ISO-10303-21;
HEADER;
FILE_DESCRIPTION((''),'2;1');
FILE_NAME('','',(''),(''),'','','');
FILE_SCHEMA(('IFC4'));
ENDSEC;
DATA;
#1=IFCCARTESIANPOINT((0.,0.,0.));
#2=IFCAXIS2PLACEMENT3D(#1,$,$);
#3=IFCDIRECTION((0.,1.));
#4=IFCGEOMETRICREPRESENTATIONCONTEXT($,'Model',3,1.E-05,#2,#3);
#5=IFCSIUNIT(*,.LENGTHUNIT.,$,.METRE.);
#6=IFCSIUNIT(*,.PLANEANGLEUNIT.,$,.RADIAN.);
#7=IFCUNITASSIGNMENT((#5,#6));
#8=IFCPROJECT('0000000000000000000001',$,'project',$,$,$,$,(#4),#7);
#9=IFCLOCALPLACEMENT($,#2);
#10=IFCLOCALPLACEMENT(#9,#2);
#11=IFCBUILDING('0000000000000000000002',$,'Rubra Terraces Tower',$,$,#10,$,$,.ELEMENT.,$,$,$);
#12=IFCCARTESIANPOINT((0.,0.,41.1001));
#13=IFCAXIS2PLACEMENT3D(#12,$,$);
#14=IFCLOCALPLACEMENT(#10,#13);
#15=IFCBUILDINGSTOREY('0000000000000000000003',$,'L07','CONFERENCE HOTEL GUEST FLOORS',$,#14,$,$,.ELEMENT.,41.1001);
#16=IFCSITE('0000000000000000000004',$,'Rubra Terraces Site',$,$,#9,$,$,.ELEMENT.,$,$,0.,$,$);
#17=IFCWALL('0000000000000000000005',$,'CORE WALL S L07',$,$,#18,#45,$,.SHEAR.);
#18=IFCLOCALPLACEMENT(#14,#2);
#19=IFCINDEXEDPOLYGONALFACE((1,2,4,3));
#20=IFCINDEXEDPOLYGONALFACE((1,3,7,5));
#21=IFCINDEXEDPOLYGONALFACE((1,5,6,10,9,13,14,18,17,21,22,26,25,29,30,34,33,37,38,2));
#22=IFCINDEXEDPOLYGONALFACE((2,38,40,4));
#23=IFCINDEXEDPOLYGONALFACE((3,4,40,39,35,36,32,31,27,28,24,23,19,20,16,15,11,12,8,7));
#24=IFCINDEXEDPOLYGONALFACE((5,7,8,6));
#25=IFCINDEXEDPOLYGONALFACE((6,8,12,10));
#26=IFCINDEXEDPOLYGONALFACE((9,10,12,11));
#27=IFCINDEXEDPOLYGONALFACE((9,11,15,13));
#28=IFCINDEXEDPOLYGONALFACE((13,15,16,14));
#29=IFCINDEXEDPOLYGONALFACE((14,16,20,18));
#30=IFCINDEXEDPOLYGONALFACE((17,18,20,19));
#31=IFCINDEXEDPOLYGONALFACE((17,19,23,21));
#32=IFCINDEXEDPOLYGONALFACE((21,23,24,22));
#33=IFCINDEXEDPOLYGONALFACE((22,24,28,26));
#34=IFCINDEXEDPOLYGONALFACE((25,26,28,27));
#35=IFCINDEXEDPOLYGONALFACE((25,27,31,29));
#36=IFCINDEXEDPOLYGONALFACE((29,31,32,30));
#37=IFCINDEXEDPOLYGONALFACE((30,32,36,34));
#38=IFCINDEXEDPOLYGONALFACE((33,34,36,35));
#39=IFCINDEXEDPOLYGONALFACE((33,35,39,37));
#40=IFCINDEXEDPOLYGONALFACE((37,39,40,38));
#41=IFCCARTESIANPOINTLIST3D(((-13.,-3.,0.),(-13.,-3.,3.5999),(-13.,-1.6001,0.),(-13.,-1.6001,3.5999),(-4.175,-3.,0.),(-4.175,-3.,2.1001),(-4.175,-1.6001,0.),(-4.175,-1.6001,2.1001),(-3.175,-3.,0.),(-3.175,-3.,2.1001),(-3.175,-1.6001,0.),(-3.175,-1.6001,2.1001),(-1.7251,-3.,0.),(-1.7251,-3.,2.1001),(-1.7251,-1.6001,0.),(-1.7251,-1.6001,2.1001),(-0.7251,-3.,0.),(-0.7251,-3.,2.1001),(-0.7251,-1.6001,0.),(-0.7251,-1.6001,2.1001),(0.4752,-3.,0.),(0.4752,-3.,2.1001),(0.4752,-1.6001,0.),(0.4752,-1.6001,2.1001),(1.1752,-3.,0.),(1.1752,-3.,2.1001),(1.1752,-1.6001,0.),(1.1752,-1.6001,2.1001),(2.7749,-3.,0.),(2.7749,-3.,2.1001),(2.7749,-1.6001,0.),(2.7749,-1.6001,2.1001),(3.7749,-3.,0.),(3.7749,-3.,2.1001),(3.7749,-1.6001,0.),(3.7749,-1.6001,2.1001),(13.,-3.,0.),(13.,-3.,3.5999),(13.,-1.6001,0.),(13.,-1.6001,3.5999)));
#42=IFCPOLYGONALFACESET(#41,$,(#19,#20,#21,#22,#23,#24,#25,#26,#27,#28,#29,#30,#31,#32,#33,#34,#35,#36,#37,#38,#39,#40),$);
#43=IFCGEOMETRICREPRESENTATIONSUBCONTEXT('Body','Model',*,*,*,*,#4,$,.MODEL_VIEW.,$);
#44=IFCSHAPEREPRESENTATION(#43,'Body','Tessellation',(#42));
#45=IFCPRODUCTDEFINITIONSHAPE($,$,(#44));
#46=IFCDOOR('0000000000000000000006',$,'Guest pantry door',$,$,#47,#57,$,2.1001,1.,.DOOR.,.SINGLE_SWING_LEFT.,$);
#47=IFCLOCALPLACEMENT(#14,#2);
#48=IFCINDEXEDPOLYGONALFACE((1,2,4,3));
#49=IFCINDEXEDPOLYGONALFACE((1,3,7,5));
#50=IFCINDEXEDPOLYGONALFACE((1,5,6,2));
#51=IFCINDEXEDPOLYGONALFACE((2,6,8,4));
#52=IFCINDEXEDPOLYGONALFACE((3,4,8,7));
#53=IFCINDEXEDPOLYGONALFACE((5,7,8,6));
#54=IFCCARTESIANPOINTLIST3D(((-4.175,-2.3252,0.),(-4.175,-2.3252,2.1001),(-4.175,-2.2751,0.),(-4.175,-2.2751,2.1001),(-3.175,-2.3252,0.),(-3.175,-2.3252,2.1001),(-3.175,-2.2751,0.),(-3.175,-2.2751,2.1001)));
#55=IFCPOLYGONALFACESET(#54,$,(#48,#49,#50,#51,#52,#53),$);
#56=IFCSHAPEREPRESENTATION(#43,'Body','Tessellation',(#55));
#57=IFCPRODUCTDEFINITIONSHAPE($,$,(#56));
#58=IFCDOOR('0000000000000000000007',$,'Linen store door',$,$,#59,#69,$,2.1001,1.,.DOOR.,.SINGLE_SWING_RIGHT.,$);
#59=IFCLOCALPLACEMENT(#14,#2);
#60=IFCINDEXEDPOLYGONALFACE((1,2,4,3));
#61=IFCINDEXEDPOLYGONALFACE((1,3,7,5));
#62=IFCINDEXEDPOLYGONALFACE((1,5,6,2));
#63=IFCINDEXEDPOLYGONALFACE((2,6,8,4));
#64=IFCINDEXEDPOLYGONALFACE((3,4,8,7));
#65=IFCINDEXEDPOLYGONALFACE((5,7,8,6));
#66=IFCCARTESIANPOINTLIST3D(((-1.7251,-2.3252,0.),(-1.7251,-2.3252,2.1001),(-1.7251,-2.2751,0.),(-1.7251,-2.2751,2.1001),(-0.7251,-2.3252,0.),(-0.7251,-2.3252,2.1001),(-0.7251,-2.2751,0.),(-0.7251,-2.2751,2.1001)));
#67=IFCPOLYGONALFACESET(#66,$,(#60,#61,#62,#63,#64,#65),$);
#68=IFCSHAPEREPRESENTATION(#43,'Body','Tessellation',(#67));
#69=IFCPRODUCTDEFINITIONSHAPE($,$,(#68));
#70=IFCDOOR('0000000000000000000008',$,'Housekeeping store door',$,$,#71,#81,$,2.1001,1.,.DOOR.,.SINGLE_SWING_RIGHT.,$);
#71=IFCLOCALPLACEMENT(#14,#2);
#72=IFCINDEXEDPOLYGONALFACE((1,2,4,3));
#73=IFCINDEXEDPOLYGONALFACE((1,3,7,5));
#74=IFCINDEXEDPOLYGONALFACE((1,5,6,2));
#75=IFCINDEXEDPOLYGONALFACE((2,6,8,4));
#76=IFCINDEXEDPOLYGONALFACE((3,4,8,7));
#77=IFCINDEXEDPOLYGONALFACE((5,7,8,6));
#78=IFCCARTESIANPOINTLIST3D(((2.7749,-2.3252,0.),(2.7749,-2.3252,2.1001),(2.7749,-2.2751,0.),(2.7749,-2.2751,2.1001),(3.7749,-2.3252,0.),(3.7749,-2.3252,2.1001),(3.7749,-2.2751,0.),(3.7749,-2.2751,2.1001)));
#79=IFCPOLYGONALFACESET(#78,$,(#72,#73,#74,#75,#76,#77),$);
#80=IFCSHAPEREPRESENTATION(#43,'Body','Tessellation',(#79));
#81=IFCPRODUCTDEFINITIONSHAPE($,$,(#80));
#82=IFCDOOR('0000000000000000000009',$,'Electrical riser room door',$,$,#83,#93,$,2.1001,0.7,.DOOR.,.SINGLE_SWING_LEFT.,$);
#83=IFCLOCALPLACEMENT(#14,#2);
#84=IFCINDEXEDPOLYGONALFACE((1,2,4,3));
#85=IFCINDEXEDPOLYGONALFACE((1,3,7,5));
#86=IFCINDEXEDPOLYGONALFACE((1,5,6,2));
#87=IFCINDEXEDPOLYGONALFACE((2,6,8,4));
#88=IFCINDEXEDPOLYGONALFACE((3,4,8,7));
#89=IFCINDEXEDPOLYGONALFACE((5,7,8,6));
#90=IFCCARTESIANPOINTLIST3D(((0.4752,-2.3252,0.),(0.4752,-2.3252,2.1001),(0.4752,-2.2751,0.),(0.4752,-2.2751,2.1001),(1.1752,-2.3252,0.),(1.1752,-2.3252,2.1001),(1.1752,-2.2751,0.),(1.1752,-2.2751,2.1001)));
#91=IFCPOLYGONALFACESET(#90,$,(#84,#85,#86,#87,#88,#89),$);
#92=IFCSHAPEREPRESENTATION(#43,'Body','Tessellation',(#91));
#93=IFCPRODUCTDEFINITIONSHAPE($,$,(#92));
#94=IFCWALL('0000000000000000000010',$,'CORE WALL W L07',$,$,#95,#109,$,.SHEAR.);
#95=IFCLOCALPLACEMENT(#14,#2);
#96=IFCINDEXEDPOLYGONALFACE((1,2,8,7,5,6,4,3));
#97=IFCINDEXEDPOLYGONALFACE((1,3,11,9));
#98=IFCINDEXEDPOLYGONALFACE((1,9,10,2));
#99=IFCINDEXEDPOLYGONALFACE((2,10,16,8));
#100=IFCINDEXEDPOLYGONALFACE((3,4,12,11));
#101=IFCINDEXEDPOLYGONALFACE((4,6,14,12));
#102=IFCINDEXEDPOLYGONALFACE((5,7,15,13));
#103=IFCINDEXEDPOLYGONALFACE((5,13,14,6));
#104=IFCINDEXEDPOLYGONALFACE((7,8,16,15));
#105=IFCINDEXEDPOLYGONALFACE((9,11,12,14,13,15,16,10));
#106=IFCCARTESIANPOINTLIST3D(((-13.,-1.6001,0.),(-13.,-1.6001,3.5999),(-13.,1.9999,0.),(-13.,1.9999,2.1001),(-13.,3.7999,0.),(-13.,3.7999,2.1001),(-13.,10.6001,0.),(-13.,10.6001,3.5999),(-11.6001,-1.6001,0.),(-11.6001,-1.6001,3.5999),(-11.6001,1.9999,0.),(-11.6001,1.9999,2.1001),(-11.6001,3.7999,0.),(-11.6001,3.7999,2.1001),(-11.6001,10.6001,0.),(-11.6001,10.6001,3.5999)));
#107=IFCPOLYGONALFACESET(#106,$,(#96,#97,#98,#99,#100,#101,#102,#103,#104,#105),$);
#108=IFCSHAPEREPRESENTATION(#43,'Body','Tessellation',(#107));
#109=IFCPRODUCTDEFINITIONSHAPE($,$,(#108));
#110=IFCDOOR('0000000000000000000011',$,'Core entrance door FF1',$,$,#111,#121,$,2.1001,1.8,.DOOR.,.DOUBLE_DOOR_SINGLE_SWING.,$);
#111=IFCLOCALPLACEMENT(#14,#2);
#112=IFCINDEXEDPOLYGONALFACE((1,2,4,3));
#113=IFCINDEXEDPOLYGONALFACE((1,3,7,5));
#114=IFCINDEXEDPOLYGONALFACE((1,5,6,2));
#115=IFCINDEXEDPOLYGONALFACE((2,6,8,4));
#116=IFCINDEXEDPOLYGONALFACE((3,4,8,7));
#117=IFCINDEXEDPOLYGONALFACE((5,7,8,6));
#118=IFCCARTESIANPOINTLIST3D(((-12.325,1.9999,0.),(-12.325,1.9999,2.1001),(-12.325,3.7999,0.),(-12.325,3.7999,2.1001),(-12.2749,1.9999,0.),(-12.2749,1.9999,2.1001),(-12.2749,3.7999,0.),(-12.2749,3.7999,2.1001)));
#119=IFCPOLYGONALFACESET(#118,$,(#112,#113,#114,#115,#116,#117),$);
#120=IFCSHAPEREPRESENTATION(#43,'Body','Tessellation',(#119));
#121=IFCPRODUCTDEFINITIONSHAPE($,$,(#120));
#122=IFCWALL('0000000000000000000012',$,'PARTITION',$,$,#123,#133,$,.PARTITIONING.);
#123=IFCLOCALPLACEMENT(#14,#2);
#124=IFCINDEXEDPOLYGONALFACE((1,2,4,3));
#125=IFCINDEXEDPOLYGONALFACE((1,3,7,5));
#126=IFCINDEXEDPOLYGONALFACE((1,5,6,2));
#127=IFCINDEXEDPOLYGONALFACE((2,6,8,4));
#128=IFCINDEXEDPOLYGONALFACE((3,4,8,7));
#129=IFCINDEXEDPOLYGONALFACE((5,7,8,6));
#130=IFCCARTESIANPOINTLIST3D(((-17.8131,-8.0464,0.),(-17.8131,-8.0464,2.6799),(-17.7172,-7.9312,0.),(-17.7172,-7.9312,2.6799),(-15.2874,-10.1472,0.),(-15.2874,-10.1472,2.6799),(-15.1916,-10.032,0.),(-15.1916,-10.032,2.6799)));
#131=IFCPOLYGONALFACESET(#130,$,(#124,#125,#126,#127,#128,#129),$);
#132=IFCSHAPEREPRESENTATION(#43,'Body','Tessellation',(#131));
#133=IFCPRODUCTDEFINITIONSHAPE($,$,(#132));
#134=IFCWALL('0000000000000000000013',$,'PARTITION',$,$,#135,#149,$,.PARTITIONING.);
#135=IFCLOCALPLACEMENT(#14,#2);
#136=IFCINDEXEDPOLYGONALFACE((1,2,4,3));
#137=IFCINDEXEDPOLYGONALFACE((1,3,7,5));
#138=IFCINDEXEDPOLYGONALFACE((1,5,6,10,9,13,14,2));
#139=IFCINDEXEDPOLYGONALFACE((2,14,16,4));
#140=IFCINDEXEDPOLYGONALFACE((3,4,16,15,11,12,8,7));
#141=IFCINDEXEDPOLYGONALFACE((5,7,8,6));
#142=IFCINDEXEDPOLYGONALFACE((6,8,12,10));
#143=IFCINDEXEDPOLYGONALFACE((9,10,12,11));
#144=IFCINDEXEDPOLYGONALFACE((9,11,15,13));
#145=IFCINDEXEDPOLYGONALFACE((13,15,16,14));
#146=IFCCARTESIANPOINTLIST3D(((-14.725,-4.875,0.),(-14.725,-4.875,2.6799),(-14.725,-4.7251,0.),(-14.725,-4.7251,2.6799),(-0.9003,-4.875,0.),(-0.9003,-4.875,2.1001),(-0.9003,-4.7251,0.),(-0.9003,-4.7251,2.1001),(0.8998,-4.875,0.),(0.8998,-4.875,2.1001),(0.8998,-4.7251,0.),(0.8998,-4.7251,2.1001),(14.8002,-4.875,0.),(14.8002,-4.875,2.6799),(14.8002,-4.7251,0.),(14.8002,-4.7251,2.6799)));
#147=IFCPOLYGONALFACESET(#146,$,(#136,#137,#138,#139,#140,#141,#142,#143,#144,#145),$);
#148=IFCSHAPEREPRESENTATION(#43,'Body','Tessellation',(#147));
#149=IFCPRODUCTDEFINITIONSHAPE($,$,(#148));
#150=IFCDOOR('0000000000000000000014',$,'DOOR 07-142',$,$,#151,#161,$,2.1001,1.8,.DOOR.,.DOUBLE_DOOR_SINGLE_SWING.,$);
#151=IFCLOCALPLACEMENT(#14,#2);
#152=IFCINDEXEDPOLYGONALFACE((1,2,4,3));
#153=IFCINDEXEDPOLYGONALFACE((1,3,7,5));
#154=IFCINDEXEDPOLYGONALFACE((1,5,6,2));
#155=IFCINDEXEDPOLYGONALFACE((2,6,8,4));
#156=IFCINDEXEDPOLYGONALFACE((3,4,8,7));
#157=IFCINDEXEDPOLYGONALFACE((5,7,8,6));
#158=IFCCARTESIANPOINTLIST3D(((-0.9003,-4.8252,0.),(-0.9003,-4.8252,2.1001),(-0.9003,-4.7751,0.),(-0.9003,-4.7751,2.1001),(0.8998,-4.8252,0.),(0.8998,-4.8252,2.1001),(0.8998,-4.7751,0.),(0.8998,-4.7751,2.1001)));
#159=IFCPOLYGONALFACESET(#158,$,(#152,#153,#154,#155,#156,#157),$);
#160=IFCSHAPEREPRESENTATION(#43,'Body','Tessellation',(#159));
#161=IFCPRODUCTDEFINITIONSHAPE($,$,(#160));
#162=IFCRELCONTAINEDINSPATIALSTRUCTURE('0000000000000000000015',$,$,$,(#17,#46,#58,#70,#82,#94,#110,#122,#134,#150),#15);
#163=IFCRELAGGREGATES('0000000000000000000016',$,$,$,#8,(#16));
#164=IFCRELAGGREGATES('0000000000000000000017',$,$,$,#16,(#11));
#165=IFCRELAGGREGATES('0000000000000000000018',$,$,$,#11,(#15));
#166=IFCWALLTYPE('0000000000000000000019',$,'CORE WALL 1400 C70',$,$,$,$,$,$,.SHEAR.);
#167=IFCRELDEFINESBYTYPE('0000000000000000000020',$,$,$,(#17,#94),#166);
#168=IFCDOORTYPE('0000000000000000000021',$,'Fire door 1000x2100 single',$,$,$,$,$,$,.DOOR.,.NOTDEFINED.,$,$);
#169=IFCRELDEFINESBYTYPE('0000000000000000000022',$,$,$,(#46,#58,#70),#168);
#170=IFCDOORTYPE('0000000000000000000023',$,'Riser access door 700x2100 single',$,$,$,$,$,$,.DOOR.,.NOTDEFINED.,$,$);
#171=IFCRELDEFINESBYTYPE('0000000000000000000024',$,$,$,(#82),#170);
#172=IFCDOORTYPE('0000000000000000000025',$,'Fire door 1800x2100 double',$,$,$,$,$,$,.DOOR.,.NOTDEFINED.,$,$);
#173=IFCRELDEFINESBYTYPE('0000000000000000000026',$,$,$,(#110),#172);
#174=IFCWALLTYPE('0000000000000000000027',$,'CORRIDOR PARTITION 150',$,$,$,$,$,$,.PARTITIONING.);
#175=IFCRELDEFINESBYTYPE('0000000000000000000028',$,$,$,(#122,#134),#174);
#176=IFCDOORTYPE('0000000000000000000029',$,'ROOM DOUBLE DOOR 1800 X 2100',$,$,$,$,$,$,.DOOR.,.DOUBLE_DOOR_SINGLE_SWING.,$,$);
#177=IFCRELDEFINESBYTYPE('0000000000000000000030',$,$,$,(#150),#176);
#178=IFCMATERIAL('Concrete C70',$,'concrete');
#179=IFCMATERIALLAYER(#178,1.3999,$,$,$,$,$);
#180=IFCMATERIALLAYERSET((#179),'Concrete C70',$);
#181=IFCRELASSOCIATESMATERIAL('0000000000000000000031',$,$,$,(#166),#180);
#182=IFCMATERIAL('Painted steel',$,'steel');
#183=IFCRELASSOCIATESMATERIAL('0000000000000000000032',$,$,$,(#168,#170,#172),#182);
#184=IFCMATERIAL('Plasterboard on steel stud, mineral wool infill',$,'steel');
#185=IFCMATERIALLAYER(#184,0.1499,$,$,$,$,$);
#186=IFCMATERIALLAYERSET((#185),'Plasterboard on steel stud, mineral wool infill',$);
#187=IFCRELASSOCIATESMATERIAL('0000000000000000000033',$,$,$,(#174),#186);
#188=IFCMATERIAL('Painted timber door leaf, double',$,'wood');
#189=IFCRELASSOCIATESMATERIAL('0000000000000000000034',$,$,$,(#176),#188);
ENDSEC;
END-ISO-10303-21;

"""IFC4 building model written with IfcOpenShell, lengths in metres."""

from ifc_helpers import new_model, si_unit, direction, frame, frame_2d, origin, place, context, subcontext, project, spatial, rectangle, extrude, material, layer, layer_set, type_object, element, fill, save


model = new_model("IFC4")

# Units and contexts
model_context = context("Model", 3, precision=1e-05, world=origin(), true_north=direction((0.0, 1.0)))
body_context = subcontext(model_context, "Body", "Model", "MODEL_VIEW")
ifc_project = project(units=[si_unit("LENGTHUNIT", "METRE"), si_unit("PLANEANGLEUNIT", "RADIAN")], contexts=[model_context])

# Site, building, storey
site_placement = place(None, origin())
site = spatial("IfcSite", under=ifc_project, at=site_placement, Name="Rubra Terraces Site", CompositionType="ELEMENT", RefElevation=0.0)
building_placement = place(site_placement, origin())
building = spatial("IfcBuilding", under=site, at=building_placement, Name="Rubra Terraces Tower", CompositionType="ELEMENT")
storey_placement = place(building_placement, frame((0.0, 0.0, 41.1001)))
storey = spatial("IfcBuildingStorey", under=building, at=storey_placement, Name="L07", Description="CONFERENCE HOTEL GUEST FLOORS", CompositionType="ELEMENT", Elevation=41.1001)

# Wall, openings, doors
ifc_material_1 = material(Name="Concrete C70", Category="concrete")
ifc_layer_1 = layer(ifc_material_1, 1.3999)
ifc_layer_set_1 = layer_set([ifc_layer_1], Name="Concrete C70")
wall_type_1 = type_object("IfcWallType", Name="CORE WALL 1400 C70", PredefinedType="SHEAR", material=ifc_layer_set_1)
wall_1_placement = place(storey_placement, frame((-13.0, -2.3, 0.0), z_axis=(0.0, 0.0, 1.0), x_axis=(1.0, 0.0, 0.0)))
wall_1 = element("IfcWall", 1, at=wall_1_placement, inside=storey, type_object=wall_type_1, Name="CORE WALL S L07", PredefinedType="SHEAR", context=body_context, shape_type="SweptSolid", body=[
    extrude(rectangle(XDim=26.0, YDim=1.3999, at=frame_2d((13.0, 0.0))), origin(), (0.0, 0.0, 1.0), 3.5999),
])
opening_1_placement = place(wall_1_placement, frame((8.825, 0.0, 0.0)))
opening_1 = element("IfcOpeningElement", 2, at=opening_1_placement, cuts=wall_1, PredefinedType="OPENING", context=body_context, shape_type="SweptSolid", body=[
    extrude(rectangle(XDim=1.0, YDim=2.1001, at=frame_2d((0.5, 1.05))), frame((0.0, 0.71, 0.0), z_axis=(0.0, -1.0, 0.0), x_axis=(1.0, 0.0, 0.0)), (0.0, 0.0, 1.0), 1.4199),
])
opening_2_placement = place(wall_1_placement, frame((11.2749, 0.0, 0.0)))
opening_2 = element("IfcOpeningElement", 3, at=opening_2_placement, cuts=wall_1, PredefinedType="OPENING", context=body_context, shape_type="SweptSolid", body=[
    extrude(rectangle(XDim=1.0, YDim=2.1001, at=frame_2d((0.5, 1.05))), frame((0.0, 0.71, 0.0), z_axis=(0.0, -1.0, 0.0), x_axis=(1.0, 0.0, 0.0)), (0.0, 0.0, 1.0), 1.4199),
])
opening_3_placement = place(wall_1_placement, frame((13.4751, 0.0, 0.0)))
opening_3 = element("IfcOpeningElement", 4, at=opening_3_placement, cuts=wall_1, PredefinedType="OPENING", context=body_context, shape_type="SweptSolid", body=[
    extrude(rectangle(XDim=0.7, YDim=2.1001, at=frame_2d((0.3501, 1.05))), frame((0.0, 0.71, 0.0), z_axis=(0.0, -1.0, 0.0), x_axis=(1.0, 0.0, 0.0)), (0.0, 0.0, 1.0), 1.4199),
])
opening_4_placement = place(wall_1_placement, frame((15.7749, 0.0, 0.0)))
opening_4 = element("IfcOpeningElement", 5, at=opening_4_placement, cuts=wall_1, PredefinedType="OPENING", context=body_context, shape_type="SweptSolid", body=[
    extrude(rectangle(XDim=1.0, YDim=2.1001, at=frame_2d((0.5, 1.05))), frame((0.0, 0.71, 0.0), z_axis=(0.0, -1.0, 0.0), x_axis=(1.0, 0.0, 0.0)), (0.0, 0.0, 1.0), 1.4199),
])
ifc_material_2 = material(Name="Painted steel", Category="steel")
door_type_1 = type_object("IfcDoorType", Name="Fire door 1000x2100 single", OperationType="NOTDEFINED", PredefinedType="DOOR", material=ifc_material_2)
door_1_placement = place(opening_1_placement, origin())
door_1 = element("IfcDoor", 6, at=door_1_placement, inside=storey, type_object=door_type_1, Name="Guest pantry door", OperationType="SINGLE_SWING_LEFT", OverallHeight=2.1001, OverallWidth=1.0, PredefinedType="DOOR", context=body_context, shape_type="SweptSolid", body=[
    extrude(rectangle(XDim=1.0, YDim=2.1001, at=frame_2d((0.5, 1.05))), frame((0.0, 0.0249, 0.0), z_axis=(0.0, -1.0, 0.0), x_axis=(1.0, 0.0, 0.0)), (0.0, 0.0, 1.0), 0.05),
])
fill(opening_1, door_1)
door_2_placement = place(opening_2_placement, origin())
door_2 = element("IfcDoor", 7, at=door_2_placement, inside=storey, type_object=door_type_1, Name="Linen store door", OperationType="SINGLE_SWING_RIGHT", OverallHeight=2.1001, OverallWidth=1.0, PredefinedType="DOOR", context=body_context, shape_type="SweptSolid", body=[
    extrude(rectangle(XDim=1.0, YDim=2.1001, at=frame_2d((0.5, 1.05))), frame((0.0, 0.0249, 0.0), z_axis=(0.0, -1.0, 0.0), x_axis=(1.0, 0.0, 0.0)), (0.0, 0.0, 1.0), 0.05),
])
fill(opening_2, door_2)
door_3_placement = place(opening_4_placement, origin())
door_3 = element("IfcDoor", 8, at=door_3_placement, inside=storey, type_object=door_type_1, Name="Housekeeping store door", OperationType="SINGLE_SWING_RIGHT", OverallHeight=2.1001, OverallWidth=1.0, PredefinedType="DOOR", context=body_context, shape_type="SweptSolid", body=[
    extrude(rectangle(XDim=1.0, YDim=2.1001, at=frame_2d((0.5, 1.05))), frame((0.0, 0.0249, 0.0), z_axis=(0.0, -1.0, 0.0), x_axis=(1.0, 0.0, 0.0)), (0.0, 0.0, 1.0), 0.05),
])
fill(opening_4, door_3)
door_type_2 = type_object("IfcDoorType", Name="Riser access door 700x2100 single", OperationType="NOTDEFINED", PredefinedType="DOOR", material=ifc_material_2)
door_4_placement = place(opening_3_placement, origin())
door_4 = element("IfcDoor", 9, at=door_4_placement, inside=storey, type_object=door_type_2, Name="Electrical riser room door", OperationType="SINGLE_SWING_LEFT", OverallHeight=2.1001, OverallWidth=0.7, PredefinedType="DOOR", context=body_context, shape_type="SweptSolid", body=[
    extrude(rectangle(XDim=0.7, YDim=2.1001, at=frame_2d((0.3501, 1.05))), frame((0.0, 0.0249, 0.0), z_axis=(0.0, -1.0, 0.0), x_axis=(1.0, 0.0, 0.0)), (0.0, 0.0, 1.0), 0.05),
])
fill(opening_3, door_4)

# Wall, opening, door
wall_2_placement = place(storey_placement, frame((-12.3, -1.6001, 0.0), z_axis=(0.0, 0.0, 1.0), x_axis=(0.0, 1.0, 0.0)))
wall_2 = element("IfcWall", 10, at=wall_2_placement, inside=storey, type_object=wall_type_1, Name="CORE WALL W L07", PredefinedType="SHEAR", context=body_context, shape_type="SweptSolid", body=[
    extrude(rectangle(XDim=12.2002, YDim=1.3999, at=frame_2d((6.1001, 0.0))), origin(), (0.0, 0.0, 1.0), 3.5999),
])
opening_5_placement = place(wall_2_placement, frame((3.6001, 0.0, 0.0)))
opening_5 = element("IfcOpeningElement", 11, at=opening_5_placement, cuts=wall_2, PredefinedType="OPENING", context=body_context, shape_type="SweptSolid", body=[
    extrude(rectangle(XDim=1.8, YDim=2.1001, at=frame_2d((0.8999, 1.05))), frame((0.0, 0.71, 0.0), z_axis=(0.0, -1.0, 0.0), x_axis=(1.0, 0.0, 0.0)), (0.0, 0.0, 1.0), 1.4199),
])
door_type_3 = type_object("IfcDoorType", Name="Fire door 1800x2100 double", OperationType="NOTDEFINED", PredefinedType="DOOR", material=ifc_material_2)
door_5_placement = place(opening_5_placement, origin())
door_5 = element("IfcDoor", 12, at=door_5_placement, inside=storey, type_object=door_type_3, Name="Core entrance door FF1", OperationType="DOUBLE_DOOR_SINGLE_SWING", OverallHeight=2.1001, OverallWidth=1.8, PredefinedType="DOOR", context=body_context, shape_type="SweptSolid", body=[
    extrude(rectangle(XDim=1.8, YDim=2.1001, at=frame_2d((0.8999, 1.05))), frame((0.0, 0.0249, 0.0), z_axis=(0.0, -1.0, 0.0), x_axis=(1.0, 0.0, 0.0)), (0.0, 0.0, 1.0), 0.05),
])
fill(opening_5, door_5)

# Wall
ifc_material_3 = material(Name="Plasterboard on steel stud, mineral wool infill", Category="steel")
ifc_layer_2 = layer(ifc_material_3, 0.1499)
ifc_layer_set_2 = layer_set([ifc_layer_2], Name="Plasterboard on steel stud, mineral wool infill")
wall_type_2 = type_object("IfcWallType", Name="CORRIDOR PARTITION 150", PredefinedType="PARTITIONING", material=ifc_layer_set_2)
wall_3_placement = place(storey_placement, frame((-15.2395, -10.0896, 0.0), z_axis=(0.0, 0.0, 1.0), x_axis=(-0.7688, 0.63949, 0.0)))
element("IfcWall", 13, at=wall_3_placement, inside=storey, type_object=wall_type_2, Name="PARTITION", PredefinedType="PARTITIONING", context=body_context, shape_type="SweptSolid", body=[
    extrude(rectangle(XDim=3.2852, YDim=0.1499, at=frame_2d((1.6426, 0.0))), origin(), (0.0, 0.0, 1.0), 2.6799),
])

# Wall, opening, door
wall_4_placement = place(storey_placement, frame((-14.7251, -4.8, 0.0), z_axis=(0.0, 0.0, 1.0), x_axis=(1.0, 0.0, 0.0)))
wall_4 = element("IfcWall", 14, at=wall_4_placement, inside=storey, type_object=wall_type_2, Name="PARTITION", PredefinedType="PARTITIONING", context=body_context, shape_type="SweptSolid", body=[
    extrude(rectangle(XDim=29.5251, YDim=0.1499, at=frame_2d((14.7627, 0.0))), origin(), (0.0, 0.0, 1.0), 2.6799),
])
opening_6_placement = place(wall_4_placement, frame((13.825, 0.0, 0.0)))
opening_6 = element("IfcOpeningElement", 15, at=opening_6_placement, cuts=wall_4, PredefinedType="OPENING", context=body_context, shape_type="SweptSolid", body=[
    extrude(rectangle(XDim=1.8, YDim=2.1001, at=frame_2d((0.8999, 1.05))), frame((0.0, 0.085, 0.0), z_axis=(0.0, -1.0, 0.0), x_axis=(1.0, 0.0, 0.0)), (0.0, 0.0, 1.0), 0.1699),
])
ifc_material_4 = material(Name="Painted timber door leaf, double", Category="wood")
door_type_4 = type_object("IfcDoorType", Name="ROOM DOUBLE DOOR 1800 X 2100", OperationType="DOUBLE_DOOR_SINGLE_SWING", PredefinedType="DOOR", material=ifc_material_4)
door_6_placement = place(opening_6_placement, origin())
door_6 = element("IfcDoor", 16, at=door_6_placement, inside=storey, type_object=door_type_4, Name="DOOR 07-142", OperationType="DOUBLE_DOOR_SINGLE_SWING", OverallHeight=2.1001, OverallWidth=1.8, PredefinedType="DOOR", context=body_context, shape_type="SweptSolid", body=[
    extrude(rectangle(XDim=1.8, YDim=2.1001, at=frame_2d((0.8999, 1.05))), frame((0.0, 0.0249, 0.0), z_axis=(0.0, -1.0, 0.0), x_axis=(1.0, 0.0, 0.0)), (0.0, 0.0, 1.0), 0.05),
])
fill(opening_6, door_6)

save(model, "model.ifc")
